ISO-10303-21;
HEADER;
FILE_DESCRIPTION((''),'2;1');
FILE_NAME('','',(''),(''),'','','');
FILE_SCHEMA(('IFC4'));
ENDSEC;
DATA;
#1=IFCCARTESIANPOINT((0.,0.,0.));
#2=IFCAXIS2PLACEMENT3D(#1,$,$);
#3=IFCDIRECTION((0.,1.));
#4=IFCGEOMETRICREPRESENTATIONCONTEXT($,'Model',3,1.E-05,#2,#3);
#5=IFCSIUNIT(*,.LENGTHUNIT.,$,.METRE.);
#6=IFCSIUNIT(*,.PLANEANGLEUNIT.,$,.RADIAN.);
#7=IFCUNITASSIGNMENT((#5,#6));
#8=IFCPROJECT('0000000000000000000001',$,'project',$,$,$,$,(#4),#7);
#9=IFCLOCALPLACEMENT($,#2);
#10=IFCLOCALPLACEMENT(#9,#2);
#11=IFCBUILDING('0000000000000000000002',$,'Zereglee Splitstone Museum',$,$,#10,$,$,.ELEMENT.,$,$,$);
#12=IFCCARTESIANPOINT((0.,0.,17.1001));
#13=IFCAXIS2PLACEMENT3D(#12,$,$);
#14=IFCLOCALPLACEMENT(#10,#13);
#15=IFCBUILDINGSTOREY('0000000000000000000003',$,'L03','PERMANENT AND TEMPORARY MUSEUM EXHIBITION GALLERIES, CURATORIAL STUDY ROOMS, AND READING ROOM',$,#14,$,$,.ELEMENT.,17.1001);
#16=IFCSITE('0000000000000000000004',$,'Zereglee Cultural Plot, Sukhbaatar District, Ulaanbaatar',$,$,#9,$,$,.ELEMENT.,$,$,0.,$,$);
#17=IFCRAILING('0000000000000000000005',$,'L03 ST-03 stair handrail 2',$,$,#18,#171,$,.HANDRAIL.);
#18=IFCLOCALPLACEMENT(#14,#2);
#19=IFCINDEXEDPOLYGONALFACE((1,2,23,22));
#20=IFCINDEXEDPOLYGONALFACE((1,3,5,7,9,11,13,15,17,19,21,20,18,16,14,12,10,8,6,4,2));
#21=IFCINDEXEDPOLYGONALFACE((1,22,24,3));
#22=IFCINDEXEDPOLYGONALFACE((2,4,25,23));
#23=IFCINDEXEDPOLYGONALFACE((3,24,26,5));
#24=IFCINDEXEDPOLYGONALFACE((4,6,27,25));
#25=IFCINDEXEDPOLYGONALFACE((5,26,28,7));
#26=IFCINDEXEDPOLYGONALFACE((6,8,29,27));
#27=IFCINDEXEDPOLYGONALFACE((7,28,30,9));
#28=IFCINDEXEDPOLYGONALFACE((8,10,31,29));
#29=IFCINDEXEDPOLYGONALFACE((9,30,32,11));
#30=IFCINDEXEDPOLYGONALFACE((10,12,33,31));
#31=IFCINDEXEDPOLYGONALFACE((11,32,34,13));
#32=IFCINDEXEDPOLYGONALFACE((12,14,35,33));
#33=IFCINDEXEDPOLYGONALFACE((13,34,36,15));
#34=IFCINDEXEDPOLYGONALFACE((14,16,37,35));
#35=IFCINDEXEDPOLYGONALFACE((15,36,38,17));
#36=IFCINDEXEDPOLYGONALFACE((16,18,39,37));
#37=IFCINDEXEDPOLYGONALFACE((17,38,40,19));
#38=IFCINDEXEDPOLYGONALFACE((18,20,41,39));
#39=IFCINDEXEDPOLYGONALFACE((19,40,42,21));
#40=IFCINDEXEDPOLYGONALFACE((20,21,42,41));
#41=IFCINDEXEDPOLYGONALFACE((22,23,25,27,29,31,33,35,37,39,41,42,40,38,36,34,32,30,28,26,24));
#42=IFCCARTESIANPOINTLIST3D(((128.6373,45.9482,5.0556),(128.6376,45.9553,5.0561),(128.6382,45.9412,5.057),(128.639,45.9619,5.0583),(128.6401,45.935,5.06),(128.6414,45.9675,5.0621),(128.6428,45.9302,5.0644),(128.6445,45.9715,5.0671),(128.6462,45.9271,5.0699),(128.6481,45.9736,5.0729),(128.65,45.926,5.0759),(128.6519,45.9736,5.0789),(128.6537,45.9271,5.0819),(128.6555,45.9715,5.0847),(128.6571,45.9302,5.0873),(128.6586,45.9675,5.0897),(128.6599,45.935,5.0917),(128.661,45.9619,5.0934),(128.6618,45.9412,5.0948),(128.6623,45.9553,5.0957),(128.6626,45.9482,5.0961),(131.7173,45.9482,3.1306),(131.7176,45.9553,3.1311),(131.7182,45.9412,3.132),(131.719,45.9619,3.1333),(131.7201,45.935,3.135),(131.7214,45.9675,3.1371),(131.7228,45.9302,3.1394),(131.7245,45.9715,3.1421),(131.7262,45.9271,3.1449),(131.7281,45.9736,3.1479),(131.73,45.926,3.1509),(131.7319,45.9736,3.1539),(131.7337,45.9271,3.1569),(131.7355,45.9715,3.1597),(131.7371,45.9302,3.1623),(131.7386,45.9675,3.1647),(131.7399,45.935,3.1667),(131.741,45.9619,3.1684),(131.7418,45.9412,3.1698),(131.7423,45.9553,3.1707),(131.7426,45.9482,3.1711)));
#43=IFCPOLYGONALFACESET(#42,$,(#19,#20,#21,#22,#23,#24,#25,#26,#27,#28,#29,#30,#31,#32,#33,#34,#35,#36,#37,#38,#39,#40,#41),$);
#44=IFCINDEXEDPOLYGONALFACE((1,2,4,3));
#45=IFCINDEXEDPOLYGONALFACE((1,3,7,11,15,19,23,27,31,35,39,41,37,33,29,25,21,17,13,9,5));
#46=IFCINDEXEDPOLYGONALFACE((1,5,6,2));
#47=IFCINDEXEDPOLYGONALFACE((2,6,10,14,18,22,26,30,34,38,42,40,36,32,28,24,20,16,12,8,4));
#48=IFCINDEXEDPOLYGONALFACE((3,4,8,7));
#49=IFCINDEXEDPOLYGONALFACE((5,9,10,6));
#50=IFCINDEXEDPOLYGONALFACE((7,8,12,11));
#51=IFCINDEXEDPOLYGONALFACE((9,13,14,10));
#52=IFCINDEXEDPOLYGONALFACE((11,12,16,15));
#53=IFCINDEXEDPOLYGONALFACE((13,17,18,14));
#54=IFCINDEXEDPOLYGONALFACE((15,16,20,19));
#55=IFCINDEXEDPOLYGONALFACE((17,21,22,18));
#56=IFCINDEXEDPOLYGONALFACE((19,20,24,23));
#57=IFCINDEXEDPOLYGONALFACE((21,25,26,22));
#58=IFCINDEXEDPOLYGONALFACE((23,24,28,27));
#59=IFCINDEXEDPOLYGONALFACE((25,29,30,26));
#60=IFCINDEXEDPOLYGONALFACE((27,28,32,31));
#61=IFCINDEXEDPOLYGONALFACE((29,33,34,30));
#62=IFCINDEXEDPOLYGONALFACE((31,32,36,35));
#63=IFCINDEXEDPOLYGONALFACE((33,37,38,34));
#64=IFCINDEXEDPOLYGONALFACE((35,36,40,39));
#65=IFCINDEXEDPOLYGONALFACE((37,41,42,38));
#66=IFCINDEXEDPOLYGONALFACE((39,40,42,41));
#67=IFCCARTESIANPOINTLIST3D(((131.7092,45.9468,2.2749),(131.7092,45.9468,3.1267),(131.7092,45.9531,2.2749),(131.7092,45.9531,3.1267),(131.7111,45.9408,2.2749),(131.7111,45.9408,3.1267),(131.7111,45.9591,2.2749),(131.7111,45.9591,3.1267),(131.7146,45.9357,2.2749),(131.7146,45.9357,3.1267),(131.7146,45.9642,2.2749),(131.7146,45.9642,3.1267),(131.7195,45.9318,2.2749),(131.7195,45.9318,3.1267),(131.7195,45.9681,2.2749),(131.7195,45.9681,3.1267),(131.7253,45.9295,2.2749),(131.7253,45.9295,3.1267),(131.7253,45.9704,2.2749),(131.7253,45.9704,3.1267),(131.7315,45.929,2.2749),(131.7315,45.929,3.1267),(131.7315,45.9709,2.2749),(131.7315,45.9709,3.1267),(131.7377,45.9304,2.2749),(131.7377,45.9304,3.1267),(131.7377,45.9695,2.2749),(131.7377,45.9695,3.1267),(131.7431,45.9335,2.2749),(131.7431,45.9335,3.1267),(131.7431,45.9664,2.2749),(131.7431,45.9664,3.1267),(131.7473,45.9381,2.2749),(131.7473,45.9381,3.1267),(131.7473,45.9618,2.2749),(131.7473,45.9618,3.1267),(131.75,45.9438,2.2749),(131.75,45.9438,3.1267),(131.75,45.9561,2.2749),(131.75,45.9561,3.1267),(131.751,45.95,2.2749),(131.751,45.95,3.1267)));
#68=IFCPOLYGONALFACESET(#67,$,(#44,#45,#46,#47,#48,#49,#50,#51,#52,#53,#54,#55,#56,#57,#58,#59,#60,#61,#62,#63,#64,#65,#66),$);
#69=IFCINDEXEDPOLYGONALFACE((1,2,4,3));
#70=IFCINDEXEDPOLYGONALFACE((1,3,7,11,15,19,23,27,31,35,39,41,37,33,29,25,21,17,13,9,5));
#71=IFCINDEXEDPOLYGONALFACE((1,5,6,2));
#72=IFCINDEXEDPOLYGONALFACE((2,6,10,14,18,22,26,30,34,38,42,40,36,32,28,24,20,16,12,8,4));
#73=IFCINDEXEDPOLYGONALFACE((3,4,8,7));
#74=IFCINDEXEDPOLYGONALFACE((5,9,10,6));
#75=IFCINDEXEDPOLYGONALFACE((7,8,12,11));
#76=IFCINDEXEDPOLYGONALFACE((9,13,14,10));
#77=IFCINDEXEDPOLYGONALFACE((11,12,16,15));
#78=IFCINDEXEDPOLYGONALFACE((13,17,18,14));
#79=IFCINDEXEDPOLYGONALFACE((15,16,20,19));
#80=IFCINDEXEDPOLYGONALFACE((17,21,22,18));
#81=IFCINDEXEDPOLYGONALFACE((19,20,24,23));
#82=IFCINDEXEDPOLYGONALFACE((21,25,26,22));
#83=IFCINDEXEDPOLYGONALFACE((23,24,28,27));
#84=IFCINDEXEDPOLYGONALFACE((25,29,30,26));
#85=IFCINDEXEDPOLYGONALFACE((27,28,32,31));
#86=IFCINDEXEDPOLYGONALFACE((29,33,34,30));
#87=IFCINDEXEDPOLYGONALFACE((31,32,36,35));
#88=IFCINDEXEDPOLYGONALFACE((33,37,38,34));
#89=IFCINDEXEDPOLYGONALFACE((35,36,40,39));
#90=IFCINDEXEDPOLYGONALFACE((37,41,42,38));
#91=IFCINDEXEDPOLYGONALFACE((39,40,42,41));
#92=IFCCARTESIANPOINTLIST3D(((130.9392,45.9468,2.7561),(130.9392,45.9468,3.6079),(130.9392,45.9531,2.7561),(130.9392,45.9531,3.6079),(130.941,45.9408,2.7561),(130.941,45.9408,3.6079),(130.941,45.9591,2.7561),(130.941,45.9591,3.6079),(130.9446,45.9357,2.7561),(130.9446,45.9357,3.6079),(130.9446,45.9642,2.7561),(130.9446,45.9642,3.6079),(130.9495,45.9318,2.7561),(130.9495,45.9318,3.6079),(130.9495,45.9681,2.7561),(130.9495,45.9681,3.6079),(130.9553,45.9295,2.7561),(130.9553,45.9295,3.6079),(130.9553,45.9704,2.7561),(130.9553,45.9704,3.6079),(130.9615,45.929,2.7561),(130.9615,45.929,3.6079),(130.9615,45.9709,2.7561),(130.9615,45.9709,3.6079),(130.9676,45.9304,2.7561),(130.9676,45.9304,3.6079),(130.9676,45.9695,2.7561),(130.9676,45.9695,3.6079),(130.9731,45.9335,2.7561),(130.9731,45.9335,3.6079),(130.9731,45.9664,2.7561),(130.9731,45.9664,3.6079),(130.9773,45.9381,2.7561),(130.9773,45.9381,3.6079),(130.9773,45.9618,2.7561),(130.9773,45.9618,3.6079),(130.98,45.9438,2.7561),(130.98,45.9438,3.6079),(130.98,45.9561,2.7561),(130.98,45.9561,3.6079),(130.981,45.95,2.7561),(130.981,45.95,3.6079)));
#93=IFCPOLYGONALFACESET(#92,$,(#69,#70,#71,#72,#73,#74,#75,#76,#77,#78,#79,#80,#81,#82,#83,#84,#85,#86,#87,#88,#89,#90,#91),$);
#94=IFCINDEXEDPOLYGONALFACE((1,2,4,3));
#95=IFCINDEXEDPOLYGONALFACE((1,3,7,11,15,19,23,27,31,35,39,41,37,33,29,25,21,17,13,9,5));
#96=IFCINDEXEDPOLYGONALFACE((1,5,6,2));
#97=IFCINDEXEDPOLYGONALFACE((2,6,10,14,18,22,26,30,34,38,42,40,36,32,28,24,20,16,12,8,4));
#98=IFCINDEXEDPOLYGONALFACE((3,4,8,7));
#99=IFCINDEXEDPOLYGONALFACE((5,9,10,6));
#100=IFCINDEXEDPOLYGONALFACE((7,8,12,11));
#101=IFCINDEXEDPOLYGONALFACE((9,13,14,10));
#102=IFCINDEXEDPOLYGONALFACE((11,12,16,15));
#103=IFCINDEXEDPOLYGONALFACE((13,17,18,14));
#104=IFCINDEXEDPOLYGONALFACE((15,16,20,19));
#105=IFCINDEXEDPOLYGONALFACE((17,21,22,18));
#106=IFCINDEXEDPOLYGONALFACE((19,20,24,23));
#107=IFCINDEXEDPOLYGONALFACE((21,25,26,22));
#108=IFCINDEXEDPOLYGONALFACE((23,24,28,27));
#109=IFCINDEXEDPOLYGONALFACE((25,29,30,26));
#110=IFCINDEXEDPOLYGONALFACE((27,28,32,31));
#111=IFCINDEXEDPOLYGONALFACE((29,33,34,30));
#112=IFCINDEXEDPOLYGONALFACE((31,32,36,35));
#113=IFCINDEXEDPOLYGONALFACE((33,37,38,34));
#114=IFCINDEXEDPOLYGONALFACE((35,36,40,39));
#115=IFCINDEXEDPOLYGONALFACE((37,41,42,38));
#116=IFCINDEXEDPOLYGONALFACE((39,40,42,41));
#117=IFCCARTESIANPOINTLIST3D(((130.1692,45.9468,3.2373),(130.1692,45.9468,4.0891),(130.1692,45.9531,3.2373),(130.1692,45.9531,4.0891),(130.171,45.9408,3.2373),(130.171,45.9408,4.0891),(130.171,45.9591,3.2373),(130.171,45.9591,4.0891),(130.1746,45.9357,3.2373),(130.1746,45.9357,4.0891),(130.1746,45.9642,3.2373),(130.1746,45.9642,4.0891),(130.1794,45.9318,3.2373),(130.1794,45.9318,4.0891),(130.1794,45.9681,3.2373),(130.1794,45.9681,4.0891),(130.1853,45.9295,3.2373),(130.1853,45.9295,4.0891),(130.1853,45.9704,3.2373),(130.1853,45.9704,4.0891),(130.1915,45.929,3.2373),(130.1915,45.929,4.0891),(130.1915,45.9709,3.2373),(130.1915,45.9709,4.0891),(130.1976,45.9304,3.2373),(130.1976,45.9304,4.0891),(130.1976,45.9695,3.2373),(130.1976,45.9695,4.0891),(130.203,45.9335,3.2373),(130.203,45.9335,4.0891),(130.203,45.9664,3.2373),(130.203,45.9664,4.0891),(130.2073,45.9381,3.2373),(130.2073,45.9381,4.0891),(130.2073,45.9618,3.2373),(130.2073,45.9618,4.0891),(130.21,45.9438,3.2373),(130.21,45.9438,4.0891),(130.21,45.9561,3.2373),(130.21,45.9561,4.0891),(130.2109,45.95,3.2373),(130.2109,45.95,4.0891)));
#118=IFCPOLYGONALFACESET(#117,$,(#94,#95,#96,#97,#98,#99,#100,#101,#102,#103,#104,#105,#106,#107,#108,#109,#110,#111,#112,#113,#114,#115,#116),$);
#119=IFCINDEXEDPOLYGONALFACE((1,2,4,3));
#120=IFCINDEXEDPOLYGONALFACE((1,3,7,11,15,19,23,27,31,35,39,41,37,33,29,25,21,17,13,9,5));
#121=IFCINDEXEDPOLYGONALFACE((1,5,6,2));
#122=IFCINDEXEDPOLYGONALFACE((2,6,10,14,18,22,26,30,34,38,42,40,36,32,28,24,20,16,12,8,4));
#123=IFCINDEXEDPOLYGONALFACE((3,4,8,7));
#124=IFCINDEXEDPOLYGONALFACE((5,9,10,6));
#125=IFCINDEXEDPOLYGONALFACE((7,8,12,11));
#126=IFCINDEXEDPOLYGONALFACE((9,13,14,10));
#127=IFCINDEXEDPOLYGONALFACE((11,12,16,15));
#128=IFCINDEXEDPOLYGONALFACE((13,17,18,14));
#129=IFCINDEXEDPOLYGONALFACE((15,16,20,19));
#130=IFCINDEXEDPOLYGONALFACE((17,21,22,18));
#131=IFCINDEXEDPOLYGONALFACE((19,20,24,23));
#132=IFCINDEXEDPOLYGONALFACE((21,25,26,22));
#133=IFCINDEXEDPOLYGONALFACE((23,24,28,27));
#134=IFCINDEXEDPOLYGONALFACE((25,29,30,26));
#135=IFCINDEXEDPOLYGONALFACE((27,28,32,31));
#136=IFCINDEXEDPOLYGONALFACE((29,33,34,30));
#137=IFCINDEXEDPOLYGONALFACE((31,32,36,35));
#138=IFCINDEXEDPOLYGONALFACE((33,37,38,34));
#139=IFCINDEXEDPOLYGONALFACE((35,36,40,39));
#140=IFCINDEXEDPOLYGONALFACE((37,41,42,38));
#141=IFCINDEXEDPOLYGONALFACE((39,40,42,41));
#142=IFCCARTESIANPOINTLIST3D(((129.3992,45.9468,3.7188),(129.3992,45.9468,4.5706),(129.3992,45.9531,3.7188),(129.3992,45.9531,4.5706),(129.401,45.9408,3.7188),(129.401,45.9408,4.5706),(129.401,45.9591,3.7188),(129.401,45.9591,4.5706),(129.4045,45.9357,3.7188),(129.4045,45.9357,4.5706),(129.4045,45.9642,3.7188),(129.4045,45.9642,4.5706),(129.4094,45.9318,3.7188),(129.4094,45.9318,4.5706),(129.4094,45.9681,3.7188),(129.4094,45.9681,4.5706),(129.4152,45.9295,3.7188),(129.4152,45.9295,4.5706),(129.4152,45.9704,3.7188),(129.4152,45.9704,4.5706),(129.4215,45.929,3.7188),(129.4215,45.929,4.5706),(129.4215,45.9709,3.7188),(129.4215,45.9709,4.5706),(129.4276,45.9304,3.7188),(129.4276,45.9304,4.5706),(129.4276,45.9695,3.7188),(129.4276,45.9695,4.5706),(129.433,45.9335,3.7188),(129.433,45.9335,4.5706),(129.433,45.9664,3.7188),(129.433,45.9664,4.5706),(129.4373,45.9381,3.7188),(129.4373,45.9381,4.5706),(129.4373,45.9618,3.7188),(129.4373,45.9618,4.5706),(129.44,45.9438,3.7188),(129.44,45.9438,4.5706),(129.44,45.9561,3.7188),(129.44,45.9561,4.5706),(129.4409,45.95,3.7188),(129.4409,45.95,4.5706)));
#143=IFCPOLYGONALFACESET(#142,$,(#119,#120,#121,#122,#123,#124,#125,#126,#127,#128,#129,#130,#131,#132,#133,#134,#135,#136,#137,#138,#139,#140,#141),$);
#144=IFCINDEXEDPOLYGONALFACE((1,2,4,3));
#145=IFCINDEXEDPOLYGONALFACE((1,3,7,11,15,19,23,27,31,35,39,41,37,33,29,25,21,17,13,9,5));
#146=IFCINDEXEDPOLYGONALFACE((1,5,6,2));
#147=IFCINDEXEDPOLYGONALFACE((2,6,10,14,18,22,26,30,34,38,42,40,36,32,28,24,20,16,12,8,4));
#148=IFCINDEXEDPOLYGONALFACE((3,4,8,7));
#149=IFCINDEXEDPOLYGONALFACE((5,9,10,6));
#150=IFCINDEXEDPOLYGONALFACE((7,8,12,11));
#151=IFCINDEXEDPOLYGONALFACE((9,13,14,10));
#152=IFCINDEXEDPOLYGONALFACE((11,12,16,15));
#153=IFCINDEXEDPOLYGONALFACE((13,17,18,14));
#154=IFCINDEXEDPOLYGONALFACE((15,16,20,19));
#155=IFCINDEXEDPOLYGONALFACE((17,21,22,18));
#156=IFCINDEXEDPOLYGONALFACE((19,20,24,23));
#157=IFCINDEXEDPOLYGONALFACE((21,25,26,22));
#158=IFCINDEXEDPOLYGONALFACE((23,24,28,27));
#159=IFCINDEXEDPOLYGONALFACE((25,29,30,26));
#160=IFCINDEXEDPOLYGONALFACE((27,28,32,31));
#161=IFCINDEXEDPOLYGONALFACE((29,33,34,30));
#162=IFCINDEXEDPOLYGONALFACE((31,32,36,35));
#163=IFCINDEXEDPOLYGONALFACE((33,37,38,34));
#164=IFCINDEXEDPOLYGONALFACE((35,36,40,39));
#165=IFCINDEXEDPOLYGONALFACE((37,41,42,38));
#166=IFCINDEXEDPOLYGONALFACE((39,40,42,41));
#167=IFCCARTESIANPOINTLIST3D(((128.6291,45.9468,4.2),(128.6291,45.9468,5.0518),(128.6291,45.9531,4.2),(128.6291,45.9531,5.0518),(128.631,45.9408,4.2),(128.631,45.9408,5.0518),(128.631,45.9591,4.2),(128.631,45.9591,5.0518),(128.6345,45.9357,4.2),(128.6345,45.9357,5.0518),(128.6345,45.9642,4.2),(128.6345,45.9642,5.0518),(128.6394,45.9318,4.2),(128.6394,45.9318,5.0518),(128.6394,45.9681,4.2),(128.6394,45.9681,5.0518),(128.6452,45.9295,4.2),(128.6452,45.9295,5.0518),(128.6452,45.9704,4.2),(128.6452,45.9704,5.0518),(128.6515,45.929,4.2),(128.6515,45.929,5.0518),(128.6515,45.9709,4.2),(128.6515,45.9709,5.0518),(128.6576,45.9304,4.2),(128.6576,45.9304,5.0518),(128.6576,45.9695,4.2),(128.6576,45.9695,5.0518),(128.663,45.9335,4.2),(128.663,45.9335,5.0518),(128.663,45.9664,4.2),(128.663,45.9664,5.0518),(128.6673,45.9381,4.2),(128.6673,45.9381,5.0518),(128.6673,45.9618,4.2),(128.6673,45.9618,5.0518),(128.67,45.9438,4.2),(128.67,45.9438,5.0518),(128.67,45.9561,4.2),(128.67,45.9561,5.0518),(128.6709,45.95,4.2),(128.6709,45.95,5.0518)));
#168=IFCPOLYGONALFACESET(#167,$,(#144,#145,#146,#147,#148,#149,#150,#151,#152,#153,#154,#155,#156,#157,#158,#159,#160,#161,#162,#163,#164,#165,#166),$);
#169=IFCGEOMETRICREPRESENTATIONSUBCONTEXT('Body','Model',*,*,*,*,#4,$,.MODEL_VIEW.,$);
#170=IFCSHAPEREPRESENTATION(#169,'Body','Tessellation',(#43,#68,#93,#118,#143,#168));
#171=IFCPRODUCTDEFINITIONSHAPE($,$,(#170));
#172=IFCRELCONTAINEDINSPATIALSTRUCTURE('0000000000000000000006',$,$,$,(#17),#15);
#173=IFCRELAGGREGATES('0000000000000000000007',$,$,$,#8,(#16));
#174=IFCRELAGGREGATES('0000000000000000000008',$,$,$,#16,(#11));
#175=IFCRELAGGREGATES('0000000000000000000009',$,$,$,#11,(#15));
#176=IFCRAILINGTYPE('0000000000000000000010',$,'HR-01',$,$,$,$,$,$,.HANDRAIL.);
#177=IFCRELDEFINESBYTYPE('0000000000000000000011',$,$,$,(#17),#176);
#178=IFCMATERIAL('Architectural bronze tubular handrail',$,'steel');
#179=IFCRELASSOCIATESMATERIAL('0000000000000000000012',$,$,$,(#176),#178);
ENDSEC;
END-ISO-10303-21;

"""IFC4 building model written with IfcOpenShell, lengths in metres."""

from ifc_helpers import new_model, si_unit, direction, frame, origin, origin_2d, place, context, subcontext, project, spatial, circle, extrude, material, type_object, element, save


model = new_model("IFC4")

# Units and contexts
model_context = context("Model", 3, precision=1e-05, world=origin(), true_north=direction((0.0, 1.0)))
body_context = subcontext(model_context, "Body", "Model", "MODEL_VIEW")
ifc_project = project(units=[si_unit("LENGTHUNIT", "METRE"), si_unit("PLANEANGLEUNIT", "RADIAN")], contexts=[model_context])

# Site, building, storey
site_placement = place(None, origin())
site = spatial("IfcSite", under=ifc_project, at=site_placement, Name="Zereglee Cultural Plot, Sukhbaatar District, Ulaanbaatar", CompositionType="ELEMENT", RefElevation=0.0)
building_placement = place(site_placement, origin())
building = spatial("IfcBuilding", under=site, at=building_placement, Name="Zereglee Splitstone Museum", CompositionType="ELEMENT")
storey_placement = place(building_placement, frame((0.0, 0.0, 17.1001)))
storey = spatial("IfcBuildingStorey", under=building, at=storey_placement, Name="L03", Description="PERMANENT AND TEMPORARY MUSEUM EXHIBITION GALLERIES, CURATORIAL STUDY ROOMS, AND READING ROOM", CompositionType="ELEMENT", Elevation=17.1001)

# Railing
ifc_material_1 = material(Name="Architectural bronze tubular handrail", Category="steel")
railing_type_1 = type_object("IfcRailingType", Name="HR-01", PredefinedType="HANDRAIL", material=ifc_material_1)
railing_1_placement = place(storey_placement, frame((131.73, 45.95, 2.2749)))
element("IfcRailing", 1, at=railing_1_placement, inside=storey, type_object=railing_type_1, Name="L03 ST-03 stair handrail 2", PredefinedType="HANDRAIL", context=body_context, shape_type="SweptSolid", body=[
    extrude(circle(Radius=0.0239, at=origin_2d()), frame((0.0, 0.0, 0.876), z_axis=(-0.847998, 0.0, 0.529999), x_axis=(0.0, -1.0, 0.0)), (0.0, 0.0, 1.0), 3.6321),
    extrude(circle(Radius=0.021, at=origin_2d()), origin(), (0.0, 0.0, 1.0), 0.8518),
    extrude(circle(Radius=0.021, at=origin_2d()), frame((-0.77, 0.0, 0.4812)), (0.0, 0.0, 1.0), 0.8518),
    extrude(circle(Radius=0.021, at=origin_2d()), frame((-1.54, 0.0, 0.9624)), (0.0, 0.0, 1.0), 0.8518),
    extrude(circle(Radius=0.021, at=origin_2d()), frame((-2.3101, 0.0, 1.4438)), (0.0, 0.0, 1.0), 0.8518),
    extrude(circle(Radius=0.021, at=origin_2d()), frame((-3.0801, 0.0, 1.925)), (0.0, 0.0, 1.0), 0.8518),
])

save(model, "model.ifc")
